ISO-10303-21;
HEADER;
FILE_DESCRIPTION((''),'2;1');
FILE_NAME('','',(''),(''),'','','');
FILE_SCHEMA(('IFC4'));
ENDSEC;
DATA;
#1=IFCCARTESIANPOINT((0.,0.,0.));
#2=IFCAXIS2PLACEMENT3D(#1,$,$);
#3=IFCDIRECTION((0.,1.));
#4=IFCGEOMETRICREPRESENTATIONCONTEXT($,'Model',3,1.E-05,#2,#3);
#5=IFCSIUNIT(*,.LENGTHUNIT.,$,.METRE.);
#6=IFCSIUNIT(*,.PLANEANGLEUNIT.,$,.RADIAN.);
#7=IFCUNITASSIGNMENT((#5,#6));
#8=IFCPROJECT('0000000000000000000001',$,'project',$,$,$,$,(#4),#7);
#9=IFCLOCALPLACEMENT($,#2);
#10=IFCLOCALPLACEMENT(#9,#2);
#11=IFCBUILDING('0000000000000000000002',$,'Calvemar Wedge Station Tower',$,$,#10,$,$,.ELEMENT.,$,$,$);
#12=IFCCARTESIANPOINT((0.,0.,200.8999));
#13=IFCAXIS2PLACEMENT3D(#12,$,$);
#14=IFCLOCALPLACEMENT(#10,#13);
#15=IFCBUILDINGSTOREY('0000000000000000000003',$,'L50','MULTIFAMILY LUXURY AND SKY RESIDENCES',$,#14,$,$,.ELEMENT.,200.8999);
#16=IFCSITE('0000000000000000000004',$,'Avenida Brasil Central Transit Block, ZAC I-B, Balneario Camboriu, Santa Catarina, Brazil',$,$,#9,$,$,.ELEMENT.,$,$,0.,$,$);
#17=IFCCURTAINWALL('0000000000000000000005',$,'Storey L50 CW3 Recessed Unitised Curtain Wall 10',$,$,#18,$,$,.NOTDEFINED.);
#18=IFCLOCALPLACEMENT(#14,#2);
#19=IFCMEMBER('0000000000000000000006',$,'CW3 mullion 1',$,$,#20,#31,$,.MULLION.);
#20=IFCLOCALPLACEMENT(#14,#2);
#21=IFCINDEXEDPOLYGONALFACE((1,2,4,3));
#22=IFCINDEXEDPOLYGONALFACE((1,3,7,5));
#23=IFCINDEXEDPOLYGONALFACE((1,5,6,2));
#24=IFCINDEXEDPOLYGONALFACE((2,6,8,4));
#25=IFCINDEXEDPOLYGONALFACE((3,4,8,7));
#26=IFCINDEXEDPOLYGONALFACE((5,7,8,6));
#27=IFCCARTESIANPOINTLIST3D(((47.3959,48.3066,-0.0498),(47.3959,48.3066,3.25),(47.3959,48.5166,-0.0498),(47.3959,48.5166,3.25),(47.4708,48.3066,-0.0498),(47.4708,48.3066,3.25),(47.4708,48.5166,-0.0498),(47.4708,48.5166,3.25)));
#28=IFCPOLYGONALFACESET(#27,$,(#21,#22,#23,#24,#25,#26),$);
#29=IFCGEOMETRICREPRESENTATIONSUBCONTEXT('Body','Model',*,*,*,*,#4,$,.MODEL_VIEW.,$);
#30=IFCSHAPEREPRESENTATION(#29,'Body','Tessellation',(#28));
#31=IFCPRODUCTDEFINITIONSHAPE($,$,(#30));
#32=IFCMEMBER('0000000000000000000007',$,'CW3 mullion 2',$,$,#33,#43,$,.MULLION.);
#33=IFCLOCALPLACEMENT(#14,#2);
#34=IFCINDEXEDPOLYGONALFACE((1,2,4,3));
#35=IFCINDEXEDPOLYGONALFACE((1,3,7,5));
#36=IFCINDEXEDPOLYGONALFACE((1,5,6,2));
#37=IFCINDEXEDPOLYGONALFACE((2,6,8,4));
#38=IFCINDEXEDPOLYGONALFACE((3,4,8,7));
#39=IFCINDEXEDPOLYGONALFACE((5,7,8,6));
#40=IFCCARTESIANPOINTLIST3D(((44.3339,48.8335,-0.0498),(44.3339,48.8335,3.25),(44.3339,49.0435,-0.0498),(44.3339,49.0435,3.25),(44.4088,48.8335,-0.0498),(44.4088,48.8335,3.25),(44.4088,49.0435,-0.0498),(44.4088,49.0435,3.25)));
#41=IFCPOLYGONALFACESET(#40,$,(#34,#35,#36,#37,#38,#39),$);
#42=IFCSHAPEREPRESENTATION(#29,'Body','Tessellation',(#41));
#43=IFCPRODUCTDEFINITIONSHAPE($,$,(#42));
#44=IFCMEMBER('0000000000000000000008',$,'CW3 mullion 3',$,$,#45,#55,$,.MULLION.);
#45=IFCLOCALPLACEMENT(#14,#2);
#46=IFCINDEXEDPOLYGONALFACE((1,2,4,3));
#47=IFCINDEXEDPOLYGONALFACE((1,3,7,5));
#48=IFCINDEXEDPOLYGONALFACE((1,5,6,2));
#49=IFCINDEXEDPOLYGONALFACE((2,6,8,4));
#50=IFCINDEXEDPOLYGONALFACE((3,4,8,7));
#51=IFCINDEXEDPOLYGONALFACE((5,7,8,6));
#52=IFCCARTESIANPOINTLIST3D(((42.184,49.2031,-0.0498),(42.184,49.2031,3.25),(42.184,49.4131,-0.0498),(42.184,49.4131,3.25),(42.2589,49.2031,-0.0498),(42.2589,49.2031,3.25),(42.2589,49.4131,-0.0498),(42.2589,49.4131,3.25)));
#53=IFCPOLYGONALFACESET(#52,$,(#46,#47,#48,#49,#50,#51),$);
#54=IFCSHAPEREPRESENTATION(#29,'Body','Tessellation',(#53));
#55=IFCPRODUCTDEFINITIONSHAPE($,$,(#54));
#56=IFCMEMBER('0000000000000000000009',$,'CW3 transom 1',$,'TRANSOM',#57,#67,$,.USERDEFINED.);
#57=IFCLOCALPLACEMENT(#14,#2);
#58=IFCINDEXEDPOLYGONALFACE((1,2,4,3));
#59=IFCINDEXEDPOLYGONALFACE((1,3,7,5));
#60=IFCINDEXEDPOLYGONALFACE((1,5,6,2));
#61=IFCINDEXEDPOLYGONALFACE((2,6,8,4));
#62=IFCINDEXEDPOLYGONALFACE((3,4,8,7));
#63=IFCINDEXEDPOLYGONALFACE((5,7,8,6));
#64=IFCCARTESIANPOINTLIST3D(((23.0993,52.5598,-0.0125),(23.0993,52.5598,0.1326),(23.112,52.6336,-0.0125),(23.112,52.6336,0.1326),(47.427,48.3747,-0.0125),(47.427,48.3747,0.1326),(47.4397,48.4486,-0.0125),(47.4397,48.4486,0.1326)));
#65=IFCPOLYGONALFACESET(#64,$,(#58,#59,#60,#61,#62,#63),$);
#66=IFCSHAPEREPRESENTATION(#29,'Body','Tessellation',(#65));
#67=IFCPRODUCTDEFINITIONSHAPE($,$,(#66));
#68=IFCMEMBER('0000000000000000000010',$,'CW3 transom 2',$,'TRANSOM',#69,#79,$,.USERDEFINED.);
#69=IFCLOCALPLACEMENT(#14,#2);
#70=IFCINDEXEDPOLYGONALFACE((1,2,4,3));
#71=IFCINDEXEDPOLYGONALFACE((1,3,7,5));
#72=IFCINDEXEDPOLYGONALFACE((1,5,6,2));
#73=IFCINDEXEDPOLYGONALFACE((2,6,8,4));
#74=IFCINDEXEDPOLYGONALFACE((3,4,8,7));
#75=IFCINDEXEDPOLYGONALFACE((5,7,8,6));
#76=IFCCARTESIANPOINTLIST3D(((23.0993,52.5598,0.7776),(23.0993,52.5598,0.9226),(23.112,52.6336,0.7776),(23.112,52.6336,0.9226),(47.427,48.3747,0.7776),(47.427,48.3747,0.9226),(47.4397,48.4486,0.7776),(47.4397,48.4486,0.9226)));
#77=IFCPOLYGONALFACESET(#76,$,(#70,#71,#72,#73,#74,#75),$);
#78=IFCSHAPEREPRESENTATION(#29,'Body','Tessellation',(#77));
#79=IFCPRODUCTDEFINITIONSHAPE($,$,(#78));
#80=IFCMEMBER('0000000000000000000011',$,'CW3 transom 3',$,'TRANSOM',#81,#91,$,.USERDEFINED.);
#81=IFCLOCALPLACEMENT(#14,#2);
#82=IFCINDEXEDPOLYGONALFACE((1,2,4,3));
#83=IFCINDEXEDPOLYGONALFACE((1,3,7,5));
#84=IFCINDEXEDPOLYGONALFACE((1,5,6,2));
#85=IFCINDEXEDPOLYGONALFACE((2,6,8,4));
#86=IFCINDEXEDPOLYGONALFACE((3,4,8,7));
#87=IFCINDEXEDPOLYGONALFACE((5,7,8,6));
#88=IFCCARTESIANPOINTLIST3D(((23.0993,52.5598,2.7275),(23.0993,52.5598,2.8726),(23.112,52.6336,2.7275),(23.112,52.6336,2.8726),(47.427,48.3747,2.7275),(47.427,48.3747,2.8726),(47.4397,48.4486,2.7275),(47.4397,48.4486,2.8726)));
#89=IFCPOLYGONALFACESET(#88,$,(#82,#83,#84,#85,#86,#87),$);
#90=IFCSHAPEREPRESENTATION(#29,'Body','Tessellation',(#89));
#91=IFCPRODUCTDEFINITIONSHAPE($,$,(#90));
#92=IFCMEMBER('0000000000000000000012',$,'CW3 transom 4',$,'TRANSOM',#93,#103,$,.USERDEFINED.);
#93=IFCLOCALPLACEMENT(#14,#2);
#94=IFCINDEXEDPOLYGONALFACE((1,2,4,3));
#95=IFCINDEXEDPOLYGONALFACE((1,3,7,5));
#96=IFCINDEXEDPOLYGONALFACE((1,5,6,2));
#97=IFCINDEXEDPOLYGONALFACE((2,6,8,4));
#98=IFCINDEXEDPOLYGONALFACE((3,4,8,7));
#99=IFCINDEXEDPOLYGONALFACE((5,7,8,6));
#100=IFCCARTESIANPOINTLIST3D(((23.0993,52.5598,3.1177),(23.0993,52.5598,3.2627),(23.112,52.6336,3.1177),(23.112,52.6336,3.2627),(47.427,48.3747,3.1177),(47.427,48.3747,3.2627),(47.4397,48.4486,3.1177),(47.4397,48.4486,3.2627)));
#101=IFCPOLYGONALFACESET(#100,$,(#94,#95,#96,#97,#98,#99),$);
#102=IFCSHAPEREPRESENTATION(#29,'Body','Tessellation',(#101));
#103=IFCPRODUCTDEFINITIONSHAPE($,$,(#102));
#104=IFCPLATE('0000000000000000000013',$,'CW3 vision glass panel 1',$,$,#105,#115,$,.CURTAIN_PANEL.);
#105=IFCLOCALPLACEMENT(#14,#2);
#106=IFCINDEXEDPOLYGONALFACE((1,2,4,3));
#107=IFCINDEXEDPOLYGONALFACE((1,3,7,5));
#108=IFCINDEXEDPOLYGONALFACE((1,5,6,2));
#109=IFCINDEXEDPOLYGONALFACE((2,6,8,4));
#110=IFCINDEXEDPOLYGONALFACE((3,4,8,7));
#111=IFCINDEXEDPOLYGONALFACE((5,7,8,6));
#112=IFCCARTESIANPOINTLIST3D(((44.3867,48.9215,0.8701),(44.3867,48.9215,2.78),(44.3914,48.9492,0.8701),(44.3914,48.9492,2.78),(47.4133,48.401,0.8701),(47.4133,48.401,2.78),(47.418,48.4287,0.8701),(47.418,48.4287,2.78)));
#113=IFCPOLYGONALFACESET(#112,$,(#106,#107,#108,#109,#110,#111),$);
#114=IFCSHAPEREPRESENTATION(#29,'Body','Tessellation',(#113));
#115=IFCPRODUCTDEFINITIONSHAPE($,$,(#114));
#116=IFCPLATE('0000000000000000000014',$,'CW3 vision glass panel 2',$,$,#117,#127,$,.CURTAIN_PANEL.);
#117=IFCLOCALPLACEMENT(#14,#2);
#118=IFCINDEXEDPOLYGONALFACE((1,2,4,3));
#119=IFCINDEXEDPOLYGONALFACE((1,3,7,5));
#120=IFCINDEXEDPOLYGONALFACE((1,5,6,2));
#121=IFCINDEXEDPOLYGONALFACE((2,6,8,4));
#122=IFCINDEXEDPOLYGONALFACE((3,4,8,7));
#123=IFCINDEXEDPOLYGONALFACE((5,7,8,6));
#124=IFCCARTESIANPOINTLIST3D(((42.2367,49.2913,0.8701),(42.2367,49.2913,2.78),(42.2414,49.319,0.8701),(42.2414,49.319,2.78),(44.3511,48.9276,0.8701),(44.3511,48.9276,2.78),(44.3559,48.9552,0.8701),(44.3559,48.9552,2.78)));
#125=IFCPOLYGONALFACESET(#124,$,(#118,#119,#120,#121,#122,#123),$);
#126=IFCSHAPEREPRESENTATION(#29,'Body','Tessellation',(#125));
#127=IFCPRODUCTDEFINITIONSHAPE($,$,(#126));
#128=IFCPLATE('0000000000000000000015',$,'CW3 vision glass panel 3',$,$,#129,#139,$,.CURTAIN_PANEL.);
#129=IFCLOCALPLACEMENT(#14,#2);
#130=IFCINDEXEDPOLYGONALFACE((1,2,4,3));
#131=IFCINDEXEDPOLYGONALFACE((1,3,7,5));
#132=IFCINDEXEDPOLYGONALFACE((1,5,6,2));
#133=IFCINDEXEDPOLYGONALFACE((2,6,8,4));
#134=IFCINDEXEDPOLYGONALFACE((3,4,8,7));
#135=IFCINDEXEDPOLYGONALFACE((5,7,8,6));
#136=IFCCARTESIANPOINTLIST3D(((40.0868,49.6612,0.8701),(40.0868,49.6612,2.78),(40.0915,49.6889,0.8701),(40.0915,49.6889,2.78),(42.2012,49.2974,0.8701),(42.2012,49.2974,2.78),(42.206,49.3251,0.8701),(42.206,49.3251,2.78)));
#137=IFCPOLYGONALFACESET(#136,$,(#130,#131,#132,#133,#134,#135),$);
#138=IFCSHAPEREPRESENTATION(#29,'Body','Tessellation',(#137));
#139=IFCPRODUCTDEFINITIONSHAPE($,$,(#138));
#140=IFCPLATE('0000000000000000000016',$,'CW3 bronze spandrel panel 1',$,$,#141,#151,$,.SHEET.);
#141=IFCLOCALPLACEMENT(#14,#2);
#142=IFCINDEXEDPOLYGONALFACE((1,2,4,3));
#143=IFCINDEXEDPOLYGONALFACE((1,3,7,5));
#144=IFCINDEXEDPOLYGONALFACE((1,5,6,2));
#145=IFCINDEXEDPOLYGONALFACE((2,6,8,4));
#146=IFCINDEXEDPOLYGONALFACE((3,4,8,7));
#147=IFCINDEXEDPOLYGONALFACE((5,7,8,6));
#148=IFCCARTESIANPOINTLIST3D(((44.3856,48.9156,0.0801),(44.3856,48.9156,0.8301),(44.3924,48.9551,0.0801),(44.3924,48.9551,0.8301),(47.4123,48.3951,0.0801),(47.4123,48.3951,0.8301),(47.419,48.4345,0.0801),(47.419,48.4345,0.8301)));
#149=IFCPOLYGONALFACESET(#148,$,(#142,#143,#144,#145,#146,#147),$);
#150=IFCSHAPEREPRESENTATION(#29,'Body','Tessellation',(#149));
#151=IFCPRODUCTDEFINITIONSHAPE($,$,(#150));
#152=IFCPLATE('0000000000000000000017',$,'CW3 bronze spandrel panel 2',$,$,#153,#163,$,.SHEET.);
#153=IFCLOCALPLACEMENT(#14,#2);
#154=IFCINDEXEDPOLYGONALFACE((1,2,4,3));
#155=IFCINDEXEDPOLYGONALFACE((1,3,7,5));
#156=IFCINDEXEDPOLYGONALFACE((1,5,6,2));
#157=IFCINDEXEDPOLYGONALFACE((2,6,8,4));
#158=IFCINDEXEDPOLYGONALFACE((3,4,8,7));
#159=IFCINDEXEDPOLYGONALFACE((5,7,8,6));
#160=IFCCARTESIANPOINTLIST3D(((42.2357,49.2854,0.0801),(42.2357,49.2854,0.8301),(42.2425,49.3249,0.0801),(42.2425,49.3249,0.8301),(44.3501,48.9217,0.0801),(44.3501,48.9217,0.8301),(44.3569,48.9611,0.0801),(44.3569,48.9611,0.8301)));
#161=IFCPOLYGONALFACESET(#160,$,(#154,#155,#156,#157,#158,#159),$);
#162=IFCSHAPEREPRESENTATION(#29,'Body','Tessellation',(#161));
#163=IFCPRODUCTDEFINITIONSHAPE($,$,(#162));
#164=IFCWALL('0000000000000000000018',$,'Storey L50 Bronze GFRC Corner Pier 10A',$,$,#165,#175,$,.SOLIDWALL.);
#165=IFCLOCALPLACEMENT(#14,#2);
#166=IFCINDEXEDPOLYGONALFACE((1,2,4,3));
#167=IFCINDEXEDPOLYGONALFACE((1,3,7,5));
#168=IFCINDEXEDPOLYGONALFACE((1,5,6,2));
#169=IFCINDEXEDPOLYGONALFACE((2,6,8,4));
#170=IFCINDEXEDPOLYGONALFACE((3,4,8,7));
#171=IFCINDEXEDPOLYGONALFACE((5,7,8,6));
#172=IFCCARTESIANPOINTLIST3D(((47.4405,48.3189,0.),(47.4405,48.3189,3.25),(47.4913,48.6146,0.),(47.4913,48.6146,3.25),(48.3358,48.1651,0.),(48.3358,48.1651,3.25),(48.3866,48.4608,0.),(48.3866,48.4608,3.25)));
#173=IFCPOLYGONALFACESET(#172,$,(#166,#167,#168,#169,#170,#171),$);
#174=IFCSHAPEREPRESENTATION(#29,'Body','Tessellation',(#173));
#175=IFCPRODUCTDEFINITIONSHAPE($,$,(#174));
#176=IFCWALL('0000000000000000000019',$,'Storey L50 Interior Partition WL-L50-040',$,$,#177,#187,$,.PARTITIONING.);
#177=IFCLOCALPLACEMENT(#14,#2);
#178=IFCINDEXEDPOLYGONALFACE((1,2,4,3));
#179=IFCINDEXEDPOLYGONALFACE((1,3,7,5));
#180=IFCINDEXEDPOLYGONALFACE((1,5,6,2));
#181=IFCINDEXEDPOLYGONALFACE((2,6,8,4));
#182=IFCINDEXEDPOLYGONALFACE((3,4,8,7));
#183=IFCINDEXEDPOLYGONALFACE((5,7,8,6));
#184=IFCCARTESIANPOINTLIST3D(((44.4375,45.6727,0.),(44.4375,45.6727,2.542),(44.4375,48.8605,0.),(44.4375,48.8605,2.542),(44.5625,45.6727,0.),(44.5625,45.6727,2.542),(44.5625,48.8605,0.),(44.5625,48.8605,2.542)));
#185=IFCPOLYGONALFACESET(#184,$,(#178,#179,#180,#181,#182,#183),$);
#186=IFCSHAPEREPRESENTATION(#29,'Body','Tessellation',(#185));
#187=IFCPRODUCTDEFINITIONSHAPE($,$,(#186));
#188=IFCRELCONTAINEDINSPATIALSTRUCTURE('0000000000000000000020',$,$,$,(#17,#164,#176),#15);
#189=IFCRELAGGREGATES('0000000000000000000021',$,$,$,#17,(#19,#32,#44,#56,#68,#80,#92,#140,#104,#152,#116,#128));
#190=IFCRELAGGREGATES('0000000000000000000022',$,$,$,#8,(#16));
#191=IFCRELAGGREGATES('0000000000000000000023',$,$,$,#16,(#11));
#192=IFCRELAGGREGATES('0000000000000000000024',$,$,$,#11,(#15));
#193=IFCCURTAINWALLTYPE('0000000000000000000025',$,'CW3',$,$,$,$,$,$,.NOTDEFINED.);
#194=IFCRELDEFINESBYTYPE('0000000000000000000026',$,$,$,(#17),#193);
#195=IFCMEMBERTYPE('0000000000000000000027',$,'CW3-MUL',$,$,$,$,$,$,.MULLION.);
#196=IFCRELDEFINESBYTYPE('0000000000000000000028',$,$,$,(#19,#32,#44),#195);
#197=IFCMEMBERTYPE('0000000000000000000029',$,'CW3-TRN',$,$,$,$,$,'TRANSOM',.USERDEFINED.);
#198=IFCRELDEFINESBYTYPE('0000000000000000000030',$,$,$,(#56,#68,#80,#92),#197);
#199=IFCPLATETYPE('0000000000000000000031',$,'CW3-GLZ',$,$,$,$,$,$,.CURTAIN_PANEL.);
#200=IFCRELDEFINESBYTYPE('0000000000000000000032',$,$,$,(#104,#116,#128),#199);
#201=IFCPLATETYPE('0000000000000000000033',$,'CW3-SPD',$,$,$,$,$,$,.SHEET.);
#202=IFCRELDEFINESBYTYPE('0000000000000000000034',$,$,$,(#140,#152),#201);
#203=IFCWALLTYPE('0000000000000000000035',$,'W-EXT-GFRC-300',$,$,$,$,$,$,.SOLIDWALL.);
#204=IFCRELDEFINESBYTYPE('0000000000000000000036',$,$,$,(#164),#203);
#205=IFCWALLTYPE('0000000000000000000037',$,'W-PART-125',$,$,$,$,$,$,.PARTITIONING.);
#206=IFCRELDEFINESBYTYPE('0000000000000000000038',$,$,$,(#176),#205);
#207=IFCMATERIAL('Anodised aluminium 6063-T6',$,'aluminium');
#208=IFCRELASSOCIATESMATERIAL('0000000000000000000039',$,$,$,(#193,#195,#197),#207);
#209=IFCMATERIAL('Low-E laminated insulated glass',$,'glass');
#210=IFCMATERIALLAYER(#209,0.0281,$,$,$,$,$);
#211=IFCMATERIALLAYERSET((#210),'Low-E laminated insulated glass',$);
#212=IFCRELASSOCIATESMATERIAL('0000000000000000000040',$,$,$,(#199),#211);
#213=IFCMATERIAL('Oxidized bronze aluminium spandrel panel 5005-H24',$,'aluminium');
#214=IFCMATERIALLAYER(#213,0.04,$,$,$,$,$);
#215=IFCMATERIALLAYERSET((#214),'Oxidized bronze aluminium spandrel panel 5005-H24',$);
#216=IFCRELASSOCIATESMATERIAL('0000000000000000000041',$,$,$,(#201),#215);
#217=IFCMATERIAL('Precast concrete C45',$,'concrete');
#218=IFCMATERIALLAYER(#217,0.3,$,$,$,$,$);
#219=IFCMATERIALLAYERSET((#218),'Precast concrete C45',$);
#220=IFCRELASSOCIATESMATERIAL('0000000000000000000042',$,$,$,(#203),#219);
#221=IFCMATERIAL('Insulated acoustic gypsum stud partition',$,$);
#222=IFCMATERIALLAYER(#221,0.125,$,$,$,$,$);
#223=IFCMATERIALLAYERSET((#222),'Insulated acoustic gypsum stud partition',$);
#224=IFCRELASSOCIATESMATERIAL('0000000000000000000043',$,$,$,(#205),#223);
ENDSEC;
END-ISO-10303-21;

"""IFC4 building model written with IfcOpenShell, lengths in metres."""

from ifc_helpers import new_model, si_unit, direction, frame, frame_2d, origin, origin_2d, place, context, subcontext, project, spatial, rectangle, extrude, source, transform, mapped, material, layer, layer_set, material_profile, profile_set, type_object, element, aggregate, save


model = new_model("IFC4")

# Units and contexts
model_context = context("Model", 3, precision=1e-05, world=origin(), true_north=direction((0.0, 1.0)))
body_context = subcontext(model_context, "Body", "Model", "MODEL_VIEW")
ifc_project = project(units=[si_unit("LENGTHUNIT", "METRE"), si_unit("PLANEANGLEUNIT", "RADIAN")], contexts=[model_context])

# Site, building, storey
site_placement = place(None, origin())
site = spatial("IfcSite", under=ifc_project, at=site_placement, Name="Avenida Brasil Central Transit Block, ZAC I-B, Balneario Camboriu, Santa Catarina, Brazil", CompositionType="ELEMENT", RefElevation=0.0)
building_placement = place(site_placement, origin())
building = spatial("IfcBuilding", under=site, at=building_placement, Name="Calvemar Wedge Station Tower", CompositionType="ELEMENT")
storey_placement = place(building_placement, frame((0.0, 0.0, 200.8999)))
storey = spatial("IfcBuildingStorey", under=building, at=storey_placement, Name="L50", Description="MULTIFAMILY LUXURY AND SKY RESIDENCES", CompositionType="ELEMENT", Elevation=200.8999)

# Curtain wall, members, plates
ifc_material_1 = material(Name="Anodised aluminium 6063-T6", Category="aluminium")
curtain_wall_type = type_object("IfcCurtainWallType", Name="CW3", PredefinedType="NOTDEFINED", material=ifc_material_1)
curtain_wall_placement = place(storey_placement, origin())
curtain_wall = element("IfcCurtainWall", 1, at=curtain_wall_placement, inside=storey, type_object=curtain_wall_type, Name="Storey L50 CW3 Recessed Unitised Curtain Wall 10", PredefinedType="NOTDEFINED")
ifc_material_profile_1 = material_profile(ifc_material_1, rectangle(XDim=0.075, YDim=0.21, at=origin_2d()), Name="AL-MUL-75x210")
ifc_profile_set_1 = profile_set([ifc_material_profile_1], Name="Anodised aluminium 6063-T6")
member_type_1 = type_object("IfcMemberType", Name="CW3-MUL", PredefinedType="MULLION", material=ifc_profile_set_1)
shared_shape_1 = source(origin(), body_context, "Body", "SweptSolid", [
    extrude(rectangle(XDim=0.075, YDim=0.21, at=origin_2d()), origin(), (0.0, 0.0, 1.0), 3.2998),
])
member_1_placement = place(storey_placement, frame((47.4333, 48.4116, -0.0498), z_axis=(0.0, 0.0, 1.0), x_axis=(1.0, 0.0, 0.0)))
member_1 = element("IfcMember", 2, at=member_1_placement, type_object=member_type_1, Name="CW3 mullion 1", PredefinedType="MULLION", context=body_context, shape_type="MappedRepresentation", body=[
    mapped(shared_shape_1, transform((0.0, 0.0, 0.0), scale=1.0)),
])
member_2_placement = place(storey_placement, frame((44.3713, 48.9385, -0.0498), z_axis=(0.0, 0.0, 1.0), x_axis=(1.0, 0.0, 0.0)))
member_2 = element("IfcMember", 3, at=member_2_placement, type_object=member_type_1, Name="CW3 mullion 2", PredefinedType="MULLION", context=body_context, shape_type="MappedRepresentation", body=[
    mapped(shared_shape_1, transform((0.0, 0.0, 0.0), scale=1.0)),
])
member_3_placement = place(storey_placement, frame((42.2214, 49.3081, -0.0498), z_axis=(0.0, 0.0, 1.0), x_axis=(1.0, 0.0, 0.0)))
member_3 = element("IfcMember", 4, at=member_3_placement, type_object=member_type_1, Name="CW3 mullion 3", PredefinedType="MULLION", context=body_context, shape_type="MappedRepresentation", body=[
    mapped(shared_shape_1, transform((0.0, 0.0, 0.0), scale=1.0)),
])
ifc_material_profile_2 = material_profile(ifc_material_1, rectangle(XDim=0.075, YDim=0.145, at=origin_2d()), Name="AL-TRN-75x145")
ifc_profile_set_2 = profile_set([ifc_material_profile_2], Name="Anodised aluminium 6063-T6")
member_type_2 = type_object("IfcMemberType", Name="CW3-TRN", ElementType="TRANSOM", PredefinedType="USERDEFINED", material=ifc_profile_set_2)
shared_shape_2 = source(origin(), body_context, "Body", "SweptSolid", [
    extrude(rectangle(XDim=0.075, YDim=0.145, at=origin_2d()), origin(), (0.0, 0.0, 1.0), 24.6851),
])
member_4_placement = place(storey_placement, frame((47.4333, 48.4116, 0.0601), z_axis=(-0.985524, 0.169539, 0.0), x_axis=(-0.169539, -0.985524, 0.0)))
member_4 = element("IfcMember", 5, at=member_4_placement, type_object=member_type_2, Name="CW3 transom 1", ObjectType="TRANSOM", PredefinedType="USERDEFINED", context=body_context, shape_type="MappedRepresentation", body=[
    mapped(shared_shape_2, transform((0.0, 0.0, 0.0), scale=1.0)),
])
member_5_placement = place(storey_placement, frame((47.4333, 48.4116, 0.8501), z_axis=(-0.985524, 0.169539, 0.0), x_axis=(-0.169539, -0.985524, 0.0)))
member_5 = element("IfcMember", 6, at=member_5_placement, type_object=member_type_2, Name="CW3 transom 2", ObjectType="TRANSOM", PredefinedType="USERDEFINED", context=body_context, shape_type="MappedRepresentation", body=[
    mapped(shared_shape_2, transform((0.0, 0.0, 0.0), scale=1.0)),
])
member_6_placement = place(storey_placement, frame((47.4333, 48.4116, 2.8), z_axis=(-0.985524, 0.169539, 0.0), x_axis=(-0.169539, -0.985524, 0.0)))
member_6 = element("IfcMember", 7, at=member_6_placement, type_object=member_type_2, Name="CW3 transom 3", ObjectType="TRANSOM", PredefinedType="USERDEFINED", context=body_context, shape_type="MappedRepresentation", body=[
    mapped(shared_shape_2, transform((0.0, 0.0, 0.0), scale=1.0)),
])
member_7_placement = place(storey_placement, frame((47.4333, 48.4116, 3.1902), z_axis=(-0.985524, 0.169539, 0.0), x_axis=(-0.169539, -0.985524, 0.0)))
member_7 = element("IfcMember", 8, at=member_7_placement, type_object=member_type_2, Name="CW3 transom 4", ObjectType="TRANSOM", PredefinedType="USERDEFINED", context=body_context, shape_type="MappedRepresentation", body=[
    mapped(shared_shape_2, transform((0.0, 0.0, 0.0), scale=1.0)),
])
ifc_material_2 = material(Name="Low-E laminated insulated glass", Category="glass")
ifc_layer_1 = layer(ifc_material_2, 0.0281)
ifc_layer_set_1 = layer_set([ifc_layer_1], Name="Low-E laminated insulated glass")
plate_type_1 = type_object("IfcPlateType", Name="CW3-GLZ", PredefinedType="CURTAIN_PANEL", material=ifc_layer_set_1)
plate_1_placement = place(storey_placement, frame((47.4158, 48.4148, 0.8701), z_axis=(0.0, 0.0, 1.0), x_axis=(-0.985532, 0.169489, 0.0)))
plate_1 = element("IfcPlate", 9, at=plate_1_placement, type_object=plate_type_1, Name="CW3 vision glass panel 1", PredefinedType="CURTAIN_PANEL", context=body_context, shape_type="SweptSolid", body=[
    extrude(rectangle(XDim=3.071, YDim=0.0281, at=frame_2d((1.5356, 0.0))), origin(), (0.0, 0.0, 1.0), 1.9099),
])
plate_2_placement = place(storey_placement, frame((44.3535, 48.9414, 0.8701), z_axis=(0.0, 0.0, 1.0), x_axis=(-0.985522, 0.169545, 0.0)))
plate_2 = element("IfcPlate", 10, at=plate_2_placement, type_object=plate_type_1, Name="CW3 vision glass panel 2", PredefinedType="CURTAIN_PANEL", context=body_context, shape_type="SweptSolid", body=[
    extrude(rectangle(XDim=2.1455, YDim=0.0281, at=frame_2d((1.0728, 0.0))), origin(), (0.0, 0.0, 1.0), 1.9099),
])
plate_3_placement = place(storey_placement, frame((42.2036, 49.3113, 0.8701), z_axis=(0.0, 0.0, 1.0), x_axis=(-0.985522, 0.169545, 0.0)))
plate_3 = element("IfcPlate", 11, at=plate_3_placement, type_object=plate_type_1, Name="CW3 vision glass panel 3", PredefinedType="CURTAIN_PANEL", context=body_context, shape_type="SweptSolid", body=[
    extrude(rectangle(XDim=2.1455, YDim=0.0281, at=frame_2d((1.0728, 0.0))), origin(), (0.0, 0.0, 1.0), 1.9099),
])
ifc_material_3 = material(Name="Oxidized bronze aluminium spandrel panel 5005-H24", Category="aluminium")
ifc_layer_2 = layer(ifc_material_3, 0.04)
ifc_layer_set_2 = layer_set([ifc_layer_2], Name="Oxidized bronze aluminium spandrel panel 5005-H24")
plate_type_2 = type_object("IfcPlateType", Name="CW3-SPD", PredefinedType="SHEET", material=ifc_layer_set_2)
plate_4_placement = place(storey_placement, frame((47.4158, 48.4148, 0.0801), z_axis=(0.0, 0.0, 1.0), x_axis=(-0.985532, 0.169489, 0.0)))
plate_4 = element("IfcPlate", 12, at=plate_4_placement, type_object=plate_type_2, Name="CW3 bronze spandrel panel 1", PredefinedType="SHEET", context=body_context, shape_type="SweptSolid", body=[
    extrude(rectangle(XDim=3.071, YDim=0.04, at=frame_2d((1.5356, 0.0))), origin(), (0.0, 0.0, 1.0), 0.75),
])
plate_5_placement = place(storey_placement, frame((44.3535, 48.9414, 0.0801), z_axis=(0.0, 0.0, 1.0), x_axis=(-0.985522, 0.169545, 0.0)))
plate_5 = element("IfcPlate", 13, at=plate_5_placement, type_object=plate_type_2, Name="CW3 bronze spandrel panel 2", PredefinedType="SHEET", context=body_context, shape_type="SweptSolid", body=[
    extrude(rectangle(XDim=2.1455, YDim=0.04, at=frame_2d((1.0728, 0.0))), origin(), (0.0, 0.0, 1.0), 0.75),
])
aggregate(curtain_wall, [member_1, member_2, member_3, member_4, member_5, member_6, member_7, plate_4, plate_1, plate_5, plate_2, plate_3])

# Walls
ifc_material_4 = material(Name="Precast concrete C45", Category="concrete")
ifc_layer_3 = layer(ifc_material_4, 0.3)
ifc_layer_set_3 = layer_set([ifc_layer_3], Name="Precast concrete C45")
wall_type_1 = type_object("IfcWallType", Name="W-EXT-GFRC-300", PredefinedType="SOLIDWALL", material=ifc_layer_set_3)
wall_1_placement = place(storey_placement, frame((48.3611, 48.313, 0.0), z_axis=(0.0, 0.0, 1.0), x_axis=(-0.985561, 0.169322, 0.0)))
element("IfcWall", 14, at=wall_1_placement, inside=storey, type_object=wall_type_1, Name="Storey L50 Bronze GFRC Corner Pier 10A", PredefinedType="SOLIDWALL", context=body_context, shape_type="SweptSolid", body=[
    extrude(rectangle(XDim=0.9084, YDim=0.3, at=frame_2d((0.4541, 0.0))), origin(), (0.0, 0.0, 1.0), 3.25),
])
ifc_material_5 = material(Name="Insulated acoustic gypsum stud partition")
ifc_layer_4 = layer(ifc_material_5, 0.125)
ifc_layer_set_4 = layer_set([ifc_layer_4], Name="Insulated acoustic gypsum stud partition")
wall_type_2 = type_object("IfcWallType", Name="W-PART-125", PredefinedType="PARTITIONING", material=ifc_layer_set_4)
wall_2_placement = place(storey_placement, frame((44.5, 48.8604, 0.0), z_axis=(0.0, 0.0, 1.0), x_axis=(0.0, -1.0, 0.0)))
element("IfcWall", 15, at=wall_2_placement, inside=storey, type_object=wall_type_2, Name="Storey L50 Interior Partition WL-L50-040", PredefinedType="PARTITIONING", context=body_context, shape_type="SweptSolid", body=[
    extrude(rectangle(XDim=3.1877, YDim=0.125, at=frame_2d((1.5938, 0.0))), origin(), (0.0, 0.0, 1.0), 2.542),
])

save(model, "model.ifc")
